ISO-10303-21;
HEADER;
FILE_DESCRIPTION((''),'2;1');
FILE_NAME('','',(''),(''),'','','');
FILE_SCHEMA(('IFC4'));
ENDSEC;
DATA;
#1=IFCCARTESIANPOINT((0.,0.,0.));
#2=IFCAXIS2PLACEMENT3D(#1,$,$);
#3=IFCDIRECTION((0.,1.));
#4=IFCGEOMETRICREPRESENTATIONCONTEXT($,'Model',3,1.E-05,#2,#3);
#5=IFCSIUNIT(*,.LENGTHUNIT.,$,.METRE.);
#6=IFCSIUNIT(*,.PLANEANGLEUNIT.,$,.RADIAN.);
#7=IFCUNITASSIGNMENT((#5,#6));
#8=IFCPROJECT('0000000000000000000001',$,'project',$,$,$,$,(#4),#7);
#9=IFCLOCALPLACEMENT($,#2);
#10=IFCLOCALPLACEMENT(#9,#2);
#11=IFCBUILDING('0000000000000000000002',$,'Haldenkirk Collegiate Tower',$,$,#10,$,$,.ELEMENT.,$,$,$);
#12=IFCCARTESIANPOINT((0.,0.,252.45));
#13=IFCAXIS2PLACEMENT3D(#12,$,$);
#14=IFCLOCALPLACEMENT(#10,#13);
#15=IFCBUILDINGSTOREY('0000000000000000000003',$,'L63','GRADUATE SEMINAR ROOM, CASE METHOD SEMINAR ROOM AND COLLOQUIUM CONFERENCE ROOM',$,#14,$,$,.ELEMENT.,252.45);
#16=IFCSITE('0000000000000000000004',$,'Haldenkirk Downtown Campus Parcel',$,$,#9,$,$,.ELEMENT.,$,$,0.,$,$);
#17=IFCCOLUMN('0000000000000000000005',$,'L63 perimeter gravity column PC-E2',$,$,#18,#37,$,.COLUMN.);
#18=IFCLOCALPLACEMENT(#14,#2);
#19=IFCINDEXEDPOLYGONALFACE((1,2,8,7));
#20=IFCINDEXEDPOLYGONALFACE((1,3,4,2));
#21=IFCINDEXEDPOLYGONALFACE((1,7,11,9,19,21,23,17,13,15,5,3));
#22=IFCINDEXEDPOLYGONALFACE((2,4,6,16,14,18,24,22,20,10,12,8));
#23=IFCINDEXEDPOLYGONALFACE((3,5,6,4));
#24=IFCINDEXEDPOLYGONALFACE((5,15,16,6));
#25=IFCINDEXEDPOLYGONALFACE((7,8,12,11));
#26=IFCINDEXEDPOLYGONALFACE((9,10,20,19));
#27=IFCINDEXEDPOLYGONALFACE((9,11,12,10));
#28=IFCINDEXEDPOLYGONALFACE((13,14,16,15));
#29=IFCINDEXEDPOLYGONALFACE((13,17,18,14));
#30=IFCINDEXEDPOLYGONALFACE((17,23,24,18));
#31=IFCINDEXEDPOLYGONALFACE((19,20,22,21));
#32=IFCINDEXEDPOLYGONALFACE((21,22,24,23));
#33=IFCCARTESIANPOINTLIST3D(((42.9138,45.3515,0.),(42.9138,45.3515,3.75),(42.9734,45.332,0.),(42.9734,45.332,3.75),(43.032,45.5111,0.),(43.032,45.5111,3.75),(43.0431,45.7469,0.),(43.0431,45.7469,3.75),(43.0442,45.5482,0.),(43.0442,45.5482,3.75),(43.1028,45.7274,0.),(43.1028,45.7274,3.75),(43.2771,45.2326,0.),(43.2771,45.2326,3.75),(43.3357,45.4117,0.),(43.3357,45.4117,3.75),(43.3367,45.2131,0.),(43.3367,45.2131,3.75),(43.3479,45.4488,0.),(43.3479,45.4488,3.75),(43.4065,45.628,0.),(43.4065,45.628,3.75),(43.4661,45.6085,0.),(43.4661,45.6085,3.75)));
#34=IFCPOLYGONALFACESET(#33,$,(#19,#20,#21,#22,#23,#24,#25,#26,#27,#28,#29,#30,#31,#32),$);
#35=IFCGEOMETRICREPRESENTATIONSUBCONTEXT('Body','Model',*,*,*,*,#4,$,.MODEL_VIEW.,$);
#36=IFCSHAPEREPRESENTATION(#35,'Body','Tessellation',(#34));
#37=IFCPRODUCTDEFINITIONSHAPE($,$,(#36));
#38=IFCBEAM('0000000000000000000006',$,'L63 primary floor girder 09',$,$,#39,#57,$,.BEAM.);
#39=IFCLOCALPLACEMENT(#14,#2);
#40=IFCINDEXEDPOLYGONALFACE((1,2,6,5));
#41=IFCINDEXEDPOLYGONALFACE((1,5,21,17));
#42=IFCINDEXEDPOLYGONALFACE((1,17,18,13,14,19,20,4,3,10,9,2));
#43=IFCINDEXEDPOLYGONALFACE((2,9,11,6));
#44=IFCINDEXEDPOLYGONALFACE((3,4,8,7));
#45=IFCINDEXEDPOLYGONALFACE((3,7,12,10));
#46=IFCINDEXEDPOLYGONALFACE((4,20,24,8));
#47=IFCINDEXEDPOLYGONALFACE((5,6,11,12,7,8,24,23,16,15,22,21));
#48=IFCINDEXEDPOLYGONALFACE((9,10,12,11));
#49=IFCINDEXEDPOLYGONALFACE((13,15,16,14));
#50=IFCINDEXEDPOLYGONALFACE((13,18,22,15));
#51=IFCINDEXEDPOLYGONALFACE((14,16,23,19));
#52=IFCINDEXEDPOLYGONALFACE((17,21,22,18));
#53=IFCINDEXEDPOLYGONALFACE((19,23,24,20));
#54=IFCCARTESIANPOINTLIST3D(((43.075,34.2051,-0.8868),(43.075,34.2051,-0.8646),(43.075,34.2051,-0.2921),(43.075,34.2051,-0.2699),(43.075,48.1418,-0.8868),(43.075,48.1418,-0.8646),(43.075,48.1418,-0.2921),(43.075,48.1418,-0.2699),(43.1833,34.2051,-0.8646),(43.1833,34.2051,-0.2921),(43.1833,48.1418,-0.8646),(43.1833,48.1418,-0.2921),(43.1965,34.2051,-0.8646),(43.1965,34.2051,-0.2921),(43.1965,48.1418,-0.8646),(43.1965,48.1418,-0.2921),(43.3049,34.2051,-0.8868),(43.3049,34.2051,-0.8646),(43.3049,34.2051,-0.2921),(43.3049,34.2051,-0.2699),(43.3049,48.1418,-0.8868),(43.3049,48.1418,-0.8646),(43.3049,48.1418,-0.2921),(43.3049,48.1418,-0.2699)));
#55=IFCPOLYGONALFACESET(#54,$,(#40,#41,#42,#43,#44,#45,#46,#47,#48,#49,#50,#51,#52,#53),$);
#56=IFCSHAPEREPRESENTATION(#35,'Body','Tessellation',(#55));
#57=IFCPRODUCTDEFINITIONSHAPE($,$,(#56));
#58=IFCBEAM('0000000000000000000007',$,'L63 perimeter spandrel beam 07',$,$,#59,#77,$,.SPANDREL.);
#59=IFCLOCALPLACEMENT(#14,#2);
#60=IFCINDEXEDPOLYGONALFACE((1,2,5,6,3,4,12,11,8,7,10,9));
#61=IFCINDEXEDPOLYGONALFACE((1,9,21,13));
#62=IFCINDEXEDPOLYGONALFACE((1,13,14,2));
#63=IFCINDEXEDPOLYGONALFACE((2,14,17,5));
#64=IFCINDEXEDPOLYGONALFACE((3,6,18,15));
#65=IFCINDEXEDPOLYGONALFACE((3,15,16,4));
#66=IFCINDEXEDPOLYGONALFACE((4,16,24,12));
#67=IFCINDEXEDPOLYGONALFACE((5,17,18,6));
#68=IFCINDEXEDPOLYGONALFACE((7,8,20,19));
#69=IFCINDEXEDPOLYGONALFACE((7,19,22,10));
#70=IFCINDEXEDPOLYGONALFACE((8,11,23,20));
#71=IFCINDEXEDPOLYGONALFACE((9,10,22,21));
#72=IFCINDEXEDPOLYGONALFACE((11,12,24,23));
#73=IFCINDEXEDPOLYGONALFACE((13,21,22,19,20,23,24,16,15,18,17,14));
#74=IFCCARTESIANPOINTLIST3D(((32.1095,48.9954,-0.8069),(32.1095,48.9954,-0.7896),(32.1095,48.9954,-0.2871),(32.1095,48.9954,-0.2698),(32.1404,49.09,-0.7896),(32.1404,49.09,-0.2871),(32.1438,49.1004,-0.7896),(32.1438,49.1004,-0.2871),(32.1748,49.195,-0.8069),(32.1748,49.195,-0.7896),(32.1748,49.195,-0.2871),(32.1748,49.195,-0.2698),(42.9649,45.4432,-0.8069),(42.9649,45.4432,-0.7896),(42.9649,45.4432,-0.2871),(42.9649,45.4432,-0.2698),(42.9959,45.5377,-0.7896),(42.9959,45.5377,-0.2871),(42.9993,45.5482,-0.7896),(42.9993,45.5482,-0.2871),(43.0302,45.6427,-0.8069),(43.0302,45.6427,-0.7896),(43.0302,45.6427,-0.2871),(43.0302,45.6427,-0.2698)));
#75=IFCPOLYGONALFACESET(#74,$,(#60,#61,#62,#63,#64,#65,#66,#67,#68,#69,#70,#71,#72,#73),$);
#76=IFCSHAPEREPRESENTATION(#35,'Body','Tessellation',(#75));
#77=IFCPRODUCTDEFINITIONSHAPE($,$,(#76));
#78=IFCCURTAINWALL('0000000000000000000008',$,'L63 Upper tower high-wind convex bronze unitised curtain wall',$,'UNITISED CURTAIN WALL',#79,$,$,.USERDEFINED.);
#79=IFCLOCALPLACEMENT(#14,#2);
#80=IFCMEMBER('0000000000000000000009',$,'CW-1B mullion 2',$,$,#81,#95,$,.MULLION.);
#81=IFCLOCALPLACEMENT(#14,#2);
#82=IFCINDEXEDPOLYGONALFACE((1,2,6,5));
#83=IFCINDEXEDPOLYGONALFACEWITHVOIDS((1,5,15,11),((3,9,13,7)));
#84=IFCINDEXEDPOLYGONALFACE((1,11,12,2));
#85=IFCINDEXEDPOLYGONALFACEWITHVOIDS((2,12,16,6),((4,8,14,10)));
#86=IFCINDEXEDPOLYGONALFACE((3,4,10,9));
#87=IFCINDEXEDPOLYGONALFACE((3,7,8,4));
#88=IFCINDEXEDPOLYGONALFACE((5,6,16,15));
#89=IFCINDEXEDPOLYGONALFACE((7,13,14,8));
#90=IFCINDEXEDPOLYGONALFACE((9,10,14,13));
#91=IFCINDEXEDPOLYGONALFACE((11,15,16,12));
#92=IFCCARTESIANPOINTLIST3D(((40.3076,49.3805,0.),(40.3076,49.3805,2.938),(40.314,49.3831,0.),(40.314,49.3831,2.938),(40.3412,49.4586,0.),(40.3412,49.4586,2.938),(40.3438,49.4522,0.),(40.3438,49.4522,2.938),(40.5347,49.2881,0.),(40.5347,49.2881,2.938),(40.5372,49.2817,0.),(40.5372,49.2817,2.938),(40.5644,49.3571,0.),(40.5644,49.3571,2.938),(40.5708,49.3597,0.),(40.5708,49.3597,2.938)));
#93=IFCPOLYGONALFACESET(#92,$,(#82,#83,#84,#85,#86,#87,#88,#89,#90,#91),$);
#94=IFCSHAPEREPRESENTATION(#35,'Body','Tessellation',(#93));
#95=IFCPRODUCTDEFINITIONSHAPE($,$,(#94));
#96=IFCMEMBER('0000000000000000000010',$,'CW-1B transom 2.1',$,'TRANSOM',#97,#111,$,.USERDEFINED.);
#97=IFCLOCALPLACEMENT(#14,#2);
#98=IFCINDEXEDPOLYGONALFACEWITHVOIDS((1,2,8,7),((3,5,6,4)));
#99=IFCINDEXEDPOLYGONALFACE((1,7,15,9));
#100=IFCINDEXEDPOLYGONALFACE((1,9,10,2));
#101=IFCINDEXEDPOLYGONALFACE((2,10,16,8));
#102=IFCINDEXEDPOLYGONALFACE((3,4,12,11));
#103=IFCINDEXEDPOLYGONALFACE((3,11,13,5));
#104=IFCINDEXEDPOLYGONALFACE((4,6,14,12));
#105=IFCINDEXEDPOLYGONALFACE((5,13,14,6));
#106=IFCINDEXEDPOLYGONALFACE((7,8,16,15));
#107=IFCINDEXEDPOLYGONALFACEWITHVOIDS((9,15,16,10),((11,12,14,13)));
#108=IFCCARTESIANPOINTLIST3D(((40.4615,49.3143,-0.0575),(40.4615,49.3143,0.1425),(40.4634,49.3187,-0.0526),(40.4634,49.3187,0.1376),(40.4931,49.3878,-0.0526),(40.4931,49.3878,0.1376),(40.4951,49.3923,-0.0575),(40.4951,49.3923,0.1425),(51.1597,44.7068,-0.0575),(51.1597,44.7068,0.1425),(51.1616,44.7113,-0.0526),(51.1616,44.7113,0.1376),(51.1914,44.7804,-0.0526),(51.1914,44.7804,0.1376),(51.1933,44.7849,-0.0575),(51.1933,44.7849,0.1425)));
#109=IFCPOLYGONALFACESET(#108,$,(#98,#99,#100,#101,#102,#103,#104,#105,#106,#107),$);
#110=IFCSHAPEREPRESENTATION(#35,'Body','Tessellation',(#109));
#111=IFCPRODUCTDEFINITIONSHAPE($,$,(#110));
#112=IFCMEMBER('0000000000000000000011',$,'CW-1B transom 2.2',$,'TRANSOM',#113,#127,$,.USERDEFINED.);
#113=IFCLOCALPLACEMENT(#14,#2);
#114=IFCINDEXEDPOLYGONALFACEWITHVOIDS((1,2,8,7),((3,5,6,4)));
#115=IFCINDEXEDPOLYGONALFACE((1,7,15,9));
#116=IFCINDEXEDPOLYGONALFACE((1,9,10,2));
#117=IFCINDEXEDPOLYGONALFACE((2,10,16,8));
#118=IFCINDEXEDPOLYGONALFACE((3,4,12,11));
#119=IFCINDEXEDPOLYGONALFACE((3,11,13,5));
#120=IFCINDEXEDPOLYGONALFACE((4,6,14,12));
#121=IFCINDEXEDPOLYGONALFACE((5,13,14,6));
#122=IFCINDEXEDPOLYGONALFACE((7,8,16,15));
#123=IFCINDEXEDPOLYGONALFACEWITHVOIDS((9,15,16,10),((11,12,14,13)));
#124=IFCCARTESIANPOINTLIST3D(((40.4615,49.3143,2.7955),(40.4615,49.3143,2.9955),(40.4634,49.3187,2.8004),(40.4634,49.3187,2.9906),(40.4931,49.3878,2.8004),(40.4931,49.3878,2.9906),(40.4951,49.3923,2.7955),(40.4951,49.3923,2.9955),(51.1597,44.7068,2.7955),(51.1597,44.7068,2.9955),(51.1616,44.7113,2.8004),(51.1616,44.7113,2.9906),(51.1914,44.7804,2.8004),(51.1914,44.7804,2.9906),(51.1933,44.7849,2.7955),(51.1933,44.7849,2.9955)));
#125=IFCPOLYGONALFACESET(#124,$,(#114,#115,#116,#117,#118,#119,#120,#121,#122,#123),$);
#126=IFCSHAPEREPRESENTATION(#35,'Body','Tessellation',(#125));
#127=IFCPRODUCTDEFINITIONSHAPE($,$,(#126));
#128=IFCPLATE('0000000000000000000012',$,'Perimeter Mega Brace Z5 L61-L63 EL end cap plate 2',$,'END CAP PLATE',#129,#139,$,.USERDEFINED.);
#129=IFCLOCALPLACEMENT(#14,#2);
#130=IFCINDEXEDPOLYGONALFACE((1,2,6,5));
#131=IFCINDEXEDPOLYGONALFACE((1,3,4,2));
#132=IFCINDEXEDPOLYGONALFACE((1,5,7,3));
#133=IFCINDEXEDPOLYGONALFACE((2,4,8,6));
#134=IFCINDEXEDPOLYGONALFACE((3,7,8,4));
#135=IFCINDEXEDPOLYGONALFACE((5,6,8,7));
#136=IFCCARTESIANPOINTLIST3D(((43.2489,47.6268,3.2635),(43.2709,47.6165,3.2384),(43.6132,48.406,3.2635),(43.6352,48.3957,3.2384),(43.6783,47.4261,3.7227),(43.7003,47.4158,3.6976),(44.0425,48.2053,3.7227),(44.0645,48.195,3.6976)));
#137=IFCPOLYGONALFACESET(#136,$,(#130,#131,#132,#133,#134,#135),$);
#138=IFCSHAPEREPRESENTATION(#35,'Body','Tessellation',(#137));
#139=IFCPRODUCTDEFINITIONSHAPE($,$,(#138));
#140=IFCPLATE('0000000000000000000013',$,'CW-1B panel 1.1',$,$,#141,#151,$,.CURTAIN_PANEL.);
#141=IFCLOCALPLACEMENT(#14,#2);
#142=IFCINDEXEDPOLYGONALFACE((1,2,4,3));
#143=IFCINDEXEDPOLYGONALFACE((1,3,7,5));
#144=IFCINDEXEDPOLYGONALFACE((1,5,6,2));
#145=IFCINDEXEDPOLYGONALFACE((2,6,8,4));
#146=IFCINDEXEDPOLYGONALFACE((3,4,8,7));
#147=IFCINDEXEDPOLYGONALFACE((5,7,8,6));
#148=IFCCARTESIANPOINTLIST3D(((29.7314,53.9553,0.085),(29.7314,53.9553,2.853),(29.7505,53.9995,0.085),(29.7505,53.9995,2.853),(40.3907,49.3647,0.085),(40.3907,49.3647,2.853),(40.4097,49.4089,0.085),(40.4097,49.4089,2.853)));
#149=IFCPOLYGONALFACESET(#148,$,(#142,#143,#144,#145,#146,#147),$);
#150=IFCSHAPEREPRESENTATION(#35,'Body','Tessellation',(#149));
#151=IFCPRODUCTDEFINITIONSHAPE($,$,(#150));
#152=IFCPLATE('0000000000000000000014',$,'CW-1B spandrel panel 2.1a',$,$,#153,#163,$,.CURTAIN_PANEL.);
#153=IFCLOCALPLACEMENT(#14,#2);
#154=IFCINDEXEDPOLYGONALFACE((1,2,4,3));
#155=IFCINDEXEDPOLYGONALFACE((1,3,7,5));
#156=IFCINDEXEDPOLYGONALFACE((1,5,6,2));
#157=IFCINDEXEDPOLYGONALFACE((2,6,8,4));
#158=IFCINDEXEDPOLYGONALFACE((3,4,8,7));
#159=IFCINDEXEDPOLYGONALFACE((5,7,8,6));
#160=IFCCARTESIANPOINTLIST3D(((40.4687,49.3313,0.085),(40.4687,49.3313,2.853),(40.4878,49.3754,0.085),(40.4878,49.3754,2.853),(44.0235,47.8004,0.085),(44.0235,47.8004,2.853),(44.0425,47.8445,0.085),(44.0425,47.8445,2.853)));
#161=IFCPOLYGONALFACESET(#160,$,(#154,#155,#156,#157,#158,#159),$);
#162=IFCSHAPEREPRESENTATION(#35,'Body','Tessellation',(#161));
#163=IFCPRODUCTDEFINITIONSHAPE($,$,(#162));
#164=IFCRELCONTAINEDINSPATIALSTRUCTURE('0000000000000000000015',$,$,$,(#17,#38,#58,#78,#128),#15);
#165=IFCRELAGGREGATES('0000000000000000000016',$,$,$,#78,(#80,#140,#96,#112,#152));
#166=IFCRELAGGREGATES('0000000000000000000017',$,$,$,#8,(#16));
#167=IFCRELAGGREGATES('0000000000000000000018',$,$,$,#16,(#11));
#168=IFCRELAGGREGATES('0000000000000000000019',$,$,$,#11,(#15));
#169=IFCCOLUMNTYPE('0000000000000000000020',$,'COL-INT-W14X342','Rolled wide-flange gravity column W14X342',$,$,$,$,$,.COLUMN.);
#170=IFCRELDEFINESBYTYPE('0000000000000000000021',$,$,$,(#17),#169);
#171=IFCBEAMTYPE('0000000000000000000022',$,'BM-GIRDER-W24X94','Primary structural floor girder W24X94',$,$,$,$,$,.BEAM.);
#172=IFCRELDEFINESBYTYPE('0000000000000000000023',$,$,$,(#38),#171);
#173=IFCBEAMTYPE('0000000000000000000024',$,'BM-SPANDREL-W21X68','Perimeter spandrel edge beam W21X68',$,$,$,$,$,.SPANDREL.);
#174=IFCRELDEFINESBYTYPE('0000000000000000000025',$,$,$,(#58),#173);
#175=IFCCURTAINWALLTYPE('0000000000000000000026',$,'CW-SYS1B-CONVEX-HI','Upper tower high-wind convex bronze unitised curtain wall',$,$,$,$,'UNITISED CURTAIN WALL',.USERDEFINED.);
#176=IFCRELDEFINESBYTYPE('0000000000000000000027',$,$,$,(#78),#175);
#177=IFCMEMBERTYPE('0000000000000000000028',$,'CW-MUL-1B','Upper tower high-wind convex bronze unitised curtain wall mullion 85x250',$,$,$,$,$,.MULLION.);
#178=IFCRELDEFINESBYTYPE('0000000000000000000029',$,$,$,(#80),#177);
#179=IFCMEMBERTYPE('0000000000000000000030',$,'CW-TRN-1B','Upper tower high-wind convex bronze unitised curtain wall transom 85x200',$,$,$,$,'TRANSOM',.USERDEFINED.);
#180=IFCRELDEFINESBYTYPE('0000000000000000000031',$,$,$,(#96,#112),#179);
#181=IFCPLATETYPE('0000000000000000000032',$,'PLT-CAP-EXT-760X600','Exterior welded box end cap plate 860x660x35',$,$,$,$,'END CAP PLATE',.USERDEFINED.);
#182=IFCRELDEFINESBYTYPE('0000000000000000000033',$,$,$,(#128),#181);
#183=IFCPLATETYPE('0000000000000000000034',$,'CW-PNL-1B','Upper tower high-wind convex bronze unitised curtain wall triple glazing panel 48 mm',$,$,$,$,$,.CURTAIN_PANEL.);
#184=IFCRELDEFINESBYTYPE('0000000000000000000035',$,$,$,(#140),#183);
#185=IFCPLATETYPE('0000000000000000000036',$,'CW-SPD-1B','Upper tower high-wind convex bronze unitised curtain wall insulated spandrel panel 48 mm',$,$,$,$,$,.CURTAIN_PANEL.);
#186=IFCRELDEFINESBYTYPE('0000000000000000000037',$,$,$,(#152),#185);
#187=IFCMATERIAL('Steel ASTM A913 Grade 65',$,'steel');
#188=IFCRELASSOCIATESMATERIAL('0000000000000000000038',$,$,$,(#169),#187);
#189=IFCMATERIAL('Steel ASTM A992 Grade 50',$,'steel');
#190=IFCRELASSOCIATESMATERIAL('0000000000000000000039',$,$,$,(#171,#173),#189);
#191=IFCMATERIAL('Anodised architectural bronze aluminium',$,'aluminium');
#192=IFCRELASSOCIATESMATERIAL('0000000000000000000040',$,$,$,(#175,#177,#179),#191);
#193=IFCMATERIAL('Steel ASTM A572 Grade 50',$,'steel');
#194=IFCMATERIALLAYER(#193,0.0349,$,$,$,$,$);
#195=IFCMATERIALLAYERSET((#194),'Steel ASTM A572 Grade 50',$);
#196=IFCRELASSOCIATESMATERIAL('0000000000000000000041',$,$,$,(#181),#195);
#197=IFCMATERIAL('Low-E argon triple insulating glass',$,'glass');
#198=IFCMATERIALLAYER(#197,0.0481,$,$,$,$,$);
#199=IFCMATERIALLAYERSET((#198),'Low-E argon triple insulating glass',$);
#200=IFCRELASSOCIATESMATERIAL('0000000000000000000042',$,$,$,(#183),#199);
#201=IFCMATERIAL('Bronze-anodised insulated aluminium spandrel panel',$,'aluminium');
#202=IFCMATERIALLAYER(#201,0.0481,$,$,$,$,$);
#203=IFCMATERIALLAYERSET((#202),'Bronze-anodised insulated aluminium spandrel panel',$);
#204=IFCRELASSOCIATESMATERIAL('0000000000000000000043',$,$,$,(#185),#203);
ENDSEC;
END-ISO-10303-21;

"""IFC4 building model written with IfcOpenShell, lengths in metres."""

from ifc_helpers import new_model, si_unit, direction, frame, origin, origin_2d, place, context, subcontext, project, spatial, rectangle, hollow_rectangle, i_section, extrude, source, transform, mapped, material, layer, layer_set, material_profile, profile_set, type_object, element, aggregate, save


model = new_model("IFC4")

# Units and contexts
model_context = context("Model", 3, precision=1e-05, world=origin(), true_north=direction((0.0, 1.0)))
body_context = subcontext(model_context, "Body", "Model", "MODEL_VIEW")
ifc_project = project(units=[si_unit("LENGTHUNIT", "METRE"), si_unit("PLANEANGLEUNIT", "RADIAN")], contexts=[model_context])

# Site, building, storey
site_placement = place(None, origin())
site = spatial("IfcSite", under=ifc_project, at=site_placement, Name="Haldenkirk Downtown Campus Parcel", CompositionType="ELEMENT", RefElevation=0.0)
building_placement = place(site_placement, origin())
building = spatial("IfcBuilding", under=site, at=building_placement, Name="Haldenkirk Collegiate Tower", CompositionType="ELEMENT")
storey_placement = place(building_placement, frame((0.0, 0.0, 252.45)))
storey = spatial("IfcBuildingStorey", under=building, at=storey_placement, Name="L63", Description="GRADUATE SEMINAR ROOM, CASE METHOD SEMINAR ROOM AND COLLOQUIUM CONFERENCE ROOM", CompositionType="ELEMENT", Elevation=252.45)

# Column
ifc_material_1 = material(Name="Steel ASTM A913 Grade 65", Category="steel")
ifc_material_profile_1 = material_profile(ifc_material_1, i_section(OverallWidth=0.416, OverallDepth=0.4451, WebThickness=0.0391, FlangeThickness=0.0627, at=origin_2d()), Name="W14X342")
ifc_profile_set_1 = profile_set([ifc_material_profile_1], Name="Steel ASTM A913 Grade 65")
column_type = type_object("IfcColumnType", Name="COL-INT-W14X342", Description="Rolled wide-flange gravity column W14X342", PredefinedType="COLUMN", material=ifc_profile_set_1)
column_placement = place(storey_placement, frame((43.1899, 45.48, 0.0), z_axis=(0.0, 0.0, 1.0), x_axis=(0.311008, 0.950407, 0.0)))
element("IfcColumn", 1, at=column_placement, inside=storey, type_object=column_type, Name="L63 perimeter gravity column PC-E2", PredefinedType="COLUMN", context=body_context, shape_type="SweptSolid", body=[
    extrude(i_section(OverallWidth=0.416, OverallDepth=0.4451, WebThickness=0.0391, FlangeThickness=0.0627, at=origin_2d()), origin(), (0.0, 0.0, 1.0), 3.75),
])

# Beams
ifc_material_2 = material(Name="Steel ASTM A992 Grade 50", Category="steel")
ifc_material_profile_2 = material_profile(ifc_material_2, i_section(OverallWidth=0.23, OverallDepth=0.6169, WebThickness=0.0132, FlangeThickness=0.0222, at=origin_2d()), Name="W24X94")
ifc_profile_set_2 = profile_set([ifc_material_profile_2], Name="Steel ASTM A992 Grade 50")
beam_type_1 = type_object("IfcBeamType", Name="BM-GIRDER-W24X94", Description="Primary structural floor girder W24X94", PredefinedType="BEAM", material=ifc_profile_set_2)
beam_1_placement = place(storey_placement, frame((43.1899, 48.1418, -0.5784), z_axis=(0.0, -1.0, 0.0), x_axis=(1.0, 0.0, 0.0)))
element("IfcBeam", 2, at=beam_1_placement, inside=storey, type_object=beam_type_1, Name="L63 primary floor girder 09", PredefinedType="BEAM", context=body_context, shape_type="SweptSolid", body=[
    extrude(i_section(OverallWidth=0.23, OverallDepth=0.6169, WebThickness=0.0132, FlangeThickness=0.0222, at=origin_2d()), origin(), (0.0, 0.0, 1.0), 13.9368),
])
ifc_material_profile_3 = material_profile(ifc_material_2, i_section(OverallWidth=0.21, OverallDepth=0.5371, WebThickness=0.011, FlangeThickness=0.0173, at=origin_2d()), Name="W21X68")
ifc_profile_set_3 = profile_set([ifc_material_profile_3], Name="Steel ASTM A992 Grade 50")
beam_type_2 = type_object("IfcBeamType", Name="BM-SPANDREL-W21X68", Description="Perimeter spandrel edge beam W21X68", PredefinedType="SPANDREL", material=ifc_profile_set_3)
beam_2_placement = place(storey_placement, frame((42.9976, 45.543, -0.5383), z_axis=(-0.950409, 0.311003, 0.0), x_axis=(-0.311003, -0.950409, 0.0)))
element("IfcBeam", 3, at=beam_2_placement, inside=storey, type_object=beam_type_2, Name="L63 perimeter spandrel beam 07", PredefinedType="SPANDREL", context=body_context, shape_type="SweptSolid", body=[
    extrude(i_section(OverallWidth=0.21, OverallDepth=0.5371, WebThickness=0.011, FlangeThickness=0.0173, at=origin_2d()), origin(), (0.0, 0.0, 1.0), 11.4219),
])

# Curtain wall, members
ifc_material_3 = material(Name="Anodised architectural bronze aluminium", Category="aluminium")
curtain_wall_type = type_object("IfcCurtainWallType", Name="CW-SYS1B-CONVEX-HI", Description="Upper tower high-wind convex bronze unitised curtain wall", ElementType="UNITISED CURTAIN WALL", PredefinedType="USERDEFINED", material=ifc_material_3)
curtain_wall_placement = place(storey_placement, origin())
curtain_wall = element("IfcCurtainWall", 4, at=curtain_wall_placement, inside=storey, type_object=curtain_wall_type, Name="L63 Upper tower high-wind convex bronze unitised curtain wall", ObjectType="UNITISED CURTAIN WALL", PredefinedType="USERDEFINED")
ifc_material_profile_4 = material_profile(ifc_material_3, hollow_rectangle(XDim=0.085, YDim=0.25, WallThickness=0.0049, at=origin_2d()), Name="CW-MUL-1B")
ifc_profile_set_4 = profile_set([ifc_material_profile_4], Name="Anodised architectural bronze aluminium")
member_type_1 = type_object("IfcMemberType", Name="CW-MUL-1B", Description="Upper tower high-wind convex bronze unitised curtain wall mullion 85x250", PredefinedType="MULLION", material=ifc_profile_set_4)
member_1_placement = place(storey_placement, frame((40.4392, 49.3701, 0.0), z_axis=(0.0, 0.0, 1.0), x_axis=(0.395546, 0.918446, 0.0)))
member_1 = element("IfcMember", 5, at=member_1_placement, type_object=member_type_1, Name="CW-1B mullion 2", PredefinedType="MULLION", context=body_context, shape_type="SweptSolid", body=[
    extrude(hollow_rectangle(XDim=0.085, YDim=0.25, WallThickness=0.0049, at=origin_2d()), origin(), (0.0, 0.0, 1.0), 2.938),
])
ifc_material_profile_5 = material_profile(ifc_material_3, hollow_rectangle(XDim=0.085, YDim=0.2, WallThickness=0.0049, at=origin_2d()), Name="CW-TRN-1B")
ifc_profile_set_5 = profile_set([ifc_material_profile_5], Name="Anodised architectural bronze aluminium")
member_type_2 = type_object("IfcMemberType", Name="CW-TRN-1B", Description="Upper tower high-wind convex bronze unitised curtain wall transom 85x200", ElementType="TRANSOM", PredefinedType="USERDEFINED", material=ifc_profile_set_5)
member_2_placement = place(storey_placement, frame((40.4783, 49.3533, 0.0425), z_axis=(0.918445, -0.395548, 0.0), x_axis=(0.395548, 0.918445, 0.0)))
member_2 = element("IfcMember", 6, at=member_2_placement, type_object=member_type_2, Name="CW-1B transom 2.1", ObjectType="TRANSOM", PredefinedType="USERDEFINED", context=body_context, shape_type="SweptSolid", body=[
    extrude(hollow_rectangle(XDim=0.085, YDim=0.2, WallThickness=0.0049, at=origin_2d()), origin(), (0.0, 0.0, 1.0), 11.6482),
])
member_3_placement = place(storey_placement, frame((40.4783, 49.3533, 2.8955), z_axis=(0.918445, -0.395548, 0.0), x_axis=(0.395548, 0.918445, 0.0)))
member_3 = element("IfcMember", 7, at=member_3_placement, type_object=member_type_2, Name="CW-1B transom 2.2", ObjectType="TRANSOM", PredefinedType="USERDEFINED", context=body_context, shape_type="SweptSolid", body=[
    extrude(hollow_rectangle(XDim=0.085, YDim=0.2, WallThickness=0.0049, at=origin_2d()), origin(), (0.0, 0.0, 1.0), 11.6482),
])

# Plates
ifc_material_4 = material(Name="Steel ASTM A572 Grade 50", Category="steel")
ifc_layer_1 = layer(ifc_material_4, 0.0349)
ifc_layer_set_1 = layer_set([ifc_layer_1], Name="Steel ASTM A572 Grade 50")
plate_type_1 = type_object("IfcPlateType", Name="PLT-CAP-EXT-760X600", Description="Exterior welded box end cap plate 860x660x35", ElementType="END CAP PLATE", PredefinedType="USERDEFINED", material=ifc_layer_set_1)
shared_shape_1 = source(origin(), body_context, "Body", "SweptSolid", [
    extrude(rectangle(XDim=0.8601, YDim=0.6599, at=origin_2d()), origin(), (0.0, 0.0, 1.0), 0.0349),
])
plate_1_placement = place(storey_placement, frame((43.6677, 47.9058, 3.468), z_axis=(-0.630325, 0.294666, 0.718236), x_axis=(-0.423493, -0.905899, 0.0)))
element("IfcPlate", 8, at=plate_1_placement, inside=storey, type_object=plate_type_1, Name="Perimeter Mega Brace Z5 L61-L63 EL end cap plate 2", ObjectType="END CAP PLATE", PredefinedType="USERDEFINED", context=body_context, shape_type="MappedRepresentation", body=[
    mapped(shared_shape_1, transform((0.0, 0.0, 0.0), x_axis=(1.0, 0.0, 0.0), y_axis=(0.0, 1.0, 0.0), z_axis=(0.0, 0.0, 1.0), scale=1.0)),
])
ifc_material_5 = material(Name="Low-E argon triple insulating glass", Category="glass")
ifc_layer_2 = layer(ifc_material_5, 0.0481)
ifc_layer_set_2 = layer_set([ifc_layer_2], Name="Low-E argon triple insulating glass")
plate_type_2 = type_object("IfcPlateType", Name="CW-PNL-1B", Description="Upper tower high-wind convex bronze unitised curtain wall triple glazing panel 48 mm", PredefinedType="CURTAIN_PANEL", material=ifc_layer_set_2)
shared_shape_2 = source(origin(), body_context, "Body", "SweptSolid", [
    extrude(rectangle(XDim=11.6057, YDim=0.0481, at=origin_2d()), origin(), (0.0, 0.0, 1.0), 2.7681),
])
plate_2_placement = place(storey_placement, frame((35.0706, 51.6821, 0.085), z_axis=(0.0, 0.0, 1.0), x_axis=(0.918446, -0.395546, 0.0)))
plate_2 = element("IfcPlate", 9, at=plate_2_placement, type_object=plate_type_2, Name="CW-1B panel 1.1", PredefinedType="CURTAIN_PANEL", context=body_context, shape_type="MappedRepresentation", body=[
    mapped(shared_shape_2, transform((0.0, 0.0, 0.0), x_axis=(1.0, 0.0, 0.0), y_axis=(0.0, 1.0, 0.0), z_axis=(0.0, 0.0, 1.0), scale=1.0)),
])
ifc_material_6 = material(Name="Bronze-anodised insulated aluminium spandrel panel", Category="aluminium")
ifc_layer_3 = layer(ifc_material_6, 0.0481)
ifc_layer_set_3 = layer_set([ifc_layer_3], Name="Bronze-anodised insulated aluminium spandrel panel")
plate_type_3 = type_object("IfcPlateType", Name="CW-SPD-1B", Description="Upper tower high-wind convex bronze unitised curtain wall insulated spandrel panel 48 mm", PredefinedType="CURTAIN_PANEL", material=ifc_layer_set_3)
shared_shape_3 = source(origin(), body_context, "Body", "SweptSolid", [
    extrude(rectangle(XDim=3.8704, YDim=0.0481, at=origin_2d()), origin(), (0.0, 0.0, 1.0), 2.7681),
])
plate_3_placement = place(storey_placement, frame((42.2556, 48.5879, 0.085), z_axis=(0.0, 0.0, 1.0), x_axis=(0.918446, -0.395546, 0.0)))
plate_3 = element("IfcPlate", 10, at=plate_3_placement, type_object=plate_type_3, Name="CW-1B spandrel panel 2.1a", PredefinedType="CURTAIN_PANEL", context=body_context, shape_type="MappedRepresentation", body=[
    mapped(shared_shape_3, transform((0.0, 0.0, 0.0), x_axis=(1.0, 0.0, 0.0), y_axis=(0.0, 1.0, 0.0), z_axis=(0.0, 0.0, 1.0), scale=1.0)),
])
aggregate(curtain_wall, [member_1, plate_2, member_2, member_3, plate_3])

save(model, "model.ifc")
